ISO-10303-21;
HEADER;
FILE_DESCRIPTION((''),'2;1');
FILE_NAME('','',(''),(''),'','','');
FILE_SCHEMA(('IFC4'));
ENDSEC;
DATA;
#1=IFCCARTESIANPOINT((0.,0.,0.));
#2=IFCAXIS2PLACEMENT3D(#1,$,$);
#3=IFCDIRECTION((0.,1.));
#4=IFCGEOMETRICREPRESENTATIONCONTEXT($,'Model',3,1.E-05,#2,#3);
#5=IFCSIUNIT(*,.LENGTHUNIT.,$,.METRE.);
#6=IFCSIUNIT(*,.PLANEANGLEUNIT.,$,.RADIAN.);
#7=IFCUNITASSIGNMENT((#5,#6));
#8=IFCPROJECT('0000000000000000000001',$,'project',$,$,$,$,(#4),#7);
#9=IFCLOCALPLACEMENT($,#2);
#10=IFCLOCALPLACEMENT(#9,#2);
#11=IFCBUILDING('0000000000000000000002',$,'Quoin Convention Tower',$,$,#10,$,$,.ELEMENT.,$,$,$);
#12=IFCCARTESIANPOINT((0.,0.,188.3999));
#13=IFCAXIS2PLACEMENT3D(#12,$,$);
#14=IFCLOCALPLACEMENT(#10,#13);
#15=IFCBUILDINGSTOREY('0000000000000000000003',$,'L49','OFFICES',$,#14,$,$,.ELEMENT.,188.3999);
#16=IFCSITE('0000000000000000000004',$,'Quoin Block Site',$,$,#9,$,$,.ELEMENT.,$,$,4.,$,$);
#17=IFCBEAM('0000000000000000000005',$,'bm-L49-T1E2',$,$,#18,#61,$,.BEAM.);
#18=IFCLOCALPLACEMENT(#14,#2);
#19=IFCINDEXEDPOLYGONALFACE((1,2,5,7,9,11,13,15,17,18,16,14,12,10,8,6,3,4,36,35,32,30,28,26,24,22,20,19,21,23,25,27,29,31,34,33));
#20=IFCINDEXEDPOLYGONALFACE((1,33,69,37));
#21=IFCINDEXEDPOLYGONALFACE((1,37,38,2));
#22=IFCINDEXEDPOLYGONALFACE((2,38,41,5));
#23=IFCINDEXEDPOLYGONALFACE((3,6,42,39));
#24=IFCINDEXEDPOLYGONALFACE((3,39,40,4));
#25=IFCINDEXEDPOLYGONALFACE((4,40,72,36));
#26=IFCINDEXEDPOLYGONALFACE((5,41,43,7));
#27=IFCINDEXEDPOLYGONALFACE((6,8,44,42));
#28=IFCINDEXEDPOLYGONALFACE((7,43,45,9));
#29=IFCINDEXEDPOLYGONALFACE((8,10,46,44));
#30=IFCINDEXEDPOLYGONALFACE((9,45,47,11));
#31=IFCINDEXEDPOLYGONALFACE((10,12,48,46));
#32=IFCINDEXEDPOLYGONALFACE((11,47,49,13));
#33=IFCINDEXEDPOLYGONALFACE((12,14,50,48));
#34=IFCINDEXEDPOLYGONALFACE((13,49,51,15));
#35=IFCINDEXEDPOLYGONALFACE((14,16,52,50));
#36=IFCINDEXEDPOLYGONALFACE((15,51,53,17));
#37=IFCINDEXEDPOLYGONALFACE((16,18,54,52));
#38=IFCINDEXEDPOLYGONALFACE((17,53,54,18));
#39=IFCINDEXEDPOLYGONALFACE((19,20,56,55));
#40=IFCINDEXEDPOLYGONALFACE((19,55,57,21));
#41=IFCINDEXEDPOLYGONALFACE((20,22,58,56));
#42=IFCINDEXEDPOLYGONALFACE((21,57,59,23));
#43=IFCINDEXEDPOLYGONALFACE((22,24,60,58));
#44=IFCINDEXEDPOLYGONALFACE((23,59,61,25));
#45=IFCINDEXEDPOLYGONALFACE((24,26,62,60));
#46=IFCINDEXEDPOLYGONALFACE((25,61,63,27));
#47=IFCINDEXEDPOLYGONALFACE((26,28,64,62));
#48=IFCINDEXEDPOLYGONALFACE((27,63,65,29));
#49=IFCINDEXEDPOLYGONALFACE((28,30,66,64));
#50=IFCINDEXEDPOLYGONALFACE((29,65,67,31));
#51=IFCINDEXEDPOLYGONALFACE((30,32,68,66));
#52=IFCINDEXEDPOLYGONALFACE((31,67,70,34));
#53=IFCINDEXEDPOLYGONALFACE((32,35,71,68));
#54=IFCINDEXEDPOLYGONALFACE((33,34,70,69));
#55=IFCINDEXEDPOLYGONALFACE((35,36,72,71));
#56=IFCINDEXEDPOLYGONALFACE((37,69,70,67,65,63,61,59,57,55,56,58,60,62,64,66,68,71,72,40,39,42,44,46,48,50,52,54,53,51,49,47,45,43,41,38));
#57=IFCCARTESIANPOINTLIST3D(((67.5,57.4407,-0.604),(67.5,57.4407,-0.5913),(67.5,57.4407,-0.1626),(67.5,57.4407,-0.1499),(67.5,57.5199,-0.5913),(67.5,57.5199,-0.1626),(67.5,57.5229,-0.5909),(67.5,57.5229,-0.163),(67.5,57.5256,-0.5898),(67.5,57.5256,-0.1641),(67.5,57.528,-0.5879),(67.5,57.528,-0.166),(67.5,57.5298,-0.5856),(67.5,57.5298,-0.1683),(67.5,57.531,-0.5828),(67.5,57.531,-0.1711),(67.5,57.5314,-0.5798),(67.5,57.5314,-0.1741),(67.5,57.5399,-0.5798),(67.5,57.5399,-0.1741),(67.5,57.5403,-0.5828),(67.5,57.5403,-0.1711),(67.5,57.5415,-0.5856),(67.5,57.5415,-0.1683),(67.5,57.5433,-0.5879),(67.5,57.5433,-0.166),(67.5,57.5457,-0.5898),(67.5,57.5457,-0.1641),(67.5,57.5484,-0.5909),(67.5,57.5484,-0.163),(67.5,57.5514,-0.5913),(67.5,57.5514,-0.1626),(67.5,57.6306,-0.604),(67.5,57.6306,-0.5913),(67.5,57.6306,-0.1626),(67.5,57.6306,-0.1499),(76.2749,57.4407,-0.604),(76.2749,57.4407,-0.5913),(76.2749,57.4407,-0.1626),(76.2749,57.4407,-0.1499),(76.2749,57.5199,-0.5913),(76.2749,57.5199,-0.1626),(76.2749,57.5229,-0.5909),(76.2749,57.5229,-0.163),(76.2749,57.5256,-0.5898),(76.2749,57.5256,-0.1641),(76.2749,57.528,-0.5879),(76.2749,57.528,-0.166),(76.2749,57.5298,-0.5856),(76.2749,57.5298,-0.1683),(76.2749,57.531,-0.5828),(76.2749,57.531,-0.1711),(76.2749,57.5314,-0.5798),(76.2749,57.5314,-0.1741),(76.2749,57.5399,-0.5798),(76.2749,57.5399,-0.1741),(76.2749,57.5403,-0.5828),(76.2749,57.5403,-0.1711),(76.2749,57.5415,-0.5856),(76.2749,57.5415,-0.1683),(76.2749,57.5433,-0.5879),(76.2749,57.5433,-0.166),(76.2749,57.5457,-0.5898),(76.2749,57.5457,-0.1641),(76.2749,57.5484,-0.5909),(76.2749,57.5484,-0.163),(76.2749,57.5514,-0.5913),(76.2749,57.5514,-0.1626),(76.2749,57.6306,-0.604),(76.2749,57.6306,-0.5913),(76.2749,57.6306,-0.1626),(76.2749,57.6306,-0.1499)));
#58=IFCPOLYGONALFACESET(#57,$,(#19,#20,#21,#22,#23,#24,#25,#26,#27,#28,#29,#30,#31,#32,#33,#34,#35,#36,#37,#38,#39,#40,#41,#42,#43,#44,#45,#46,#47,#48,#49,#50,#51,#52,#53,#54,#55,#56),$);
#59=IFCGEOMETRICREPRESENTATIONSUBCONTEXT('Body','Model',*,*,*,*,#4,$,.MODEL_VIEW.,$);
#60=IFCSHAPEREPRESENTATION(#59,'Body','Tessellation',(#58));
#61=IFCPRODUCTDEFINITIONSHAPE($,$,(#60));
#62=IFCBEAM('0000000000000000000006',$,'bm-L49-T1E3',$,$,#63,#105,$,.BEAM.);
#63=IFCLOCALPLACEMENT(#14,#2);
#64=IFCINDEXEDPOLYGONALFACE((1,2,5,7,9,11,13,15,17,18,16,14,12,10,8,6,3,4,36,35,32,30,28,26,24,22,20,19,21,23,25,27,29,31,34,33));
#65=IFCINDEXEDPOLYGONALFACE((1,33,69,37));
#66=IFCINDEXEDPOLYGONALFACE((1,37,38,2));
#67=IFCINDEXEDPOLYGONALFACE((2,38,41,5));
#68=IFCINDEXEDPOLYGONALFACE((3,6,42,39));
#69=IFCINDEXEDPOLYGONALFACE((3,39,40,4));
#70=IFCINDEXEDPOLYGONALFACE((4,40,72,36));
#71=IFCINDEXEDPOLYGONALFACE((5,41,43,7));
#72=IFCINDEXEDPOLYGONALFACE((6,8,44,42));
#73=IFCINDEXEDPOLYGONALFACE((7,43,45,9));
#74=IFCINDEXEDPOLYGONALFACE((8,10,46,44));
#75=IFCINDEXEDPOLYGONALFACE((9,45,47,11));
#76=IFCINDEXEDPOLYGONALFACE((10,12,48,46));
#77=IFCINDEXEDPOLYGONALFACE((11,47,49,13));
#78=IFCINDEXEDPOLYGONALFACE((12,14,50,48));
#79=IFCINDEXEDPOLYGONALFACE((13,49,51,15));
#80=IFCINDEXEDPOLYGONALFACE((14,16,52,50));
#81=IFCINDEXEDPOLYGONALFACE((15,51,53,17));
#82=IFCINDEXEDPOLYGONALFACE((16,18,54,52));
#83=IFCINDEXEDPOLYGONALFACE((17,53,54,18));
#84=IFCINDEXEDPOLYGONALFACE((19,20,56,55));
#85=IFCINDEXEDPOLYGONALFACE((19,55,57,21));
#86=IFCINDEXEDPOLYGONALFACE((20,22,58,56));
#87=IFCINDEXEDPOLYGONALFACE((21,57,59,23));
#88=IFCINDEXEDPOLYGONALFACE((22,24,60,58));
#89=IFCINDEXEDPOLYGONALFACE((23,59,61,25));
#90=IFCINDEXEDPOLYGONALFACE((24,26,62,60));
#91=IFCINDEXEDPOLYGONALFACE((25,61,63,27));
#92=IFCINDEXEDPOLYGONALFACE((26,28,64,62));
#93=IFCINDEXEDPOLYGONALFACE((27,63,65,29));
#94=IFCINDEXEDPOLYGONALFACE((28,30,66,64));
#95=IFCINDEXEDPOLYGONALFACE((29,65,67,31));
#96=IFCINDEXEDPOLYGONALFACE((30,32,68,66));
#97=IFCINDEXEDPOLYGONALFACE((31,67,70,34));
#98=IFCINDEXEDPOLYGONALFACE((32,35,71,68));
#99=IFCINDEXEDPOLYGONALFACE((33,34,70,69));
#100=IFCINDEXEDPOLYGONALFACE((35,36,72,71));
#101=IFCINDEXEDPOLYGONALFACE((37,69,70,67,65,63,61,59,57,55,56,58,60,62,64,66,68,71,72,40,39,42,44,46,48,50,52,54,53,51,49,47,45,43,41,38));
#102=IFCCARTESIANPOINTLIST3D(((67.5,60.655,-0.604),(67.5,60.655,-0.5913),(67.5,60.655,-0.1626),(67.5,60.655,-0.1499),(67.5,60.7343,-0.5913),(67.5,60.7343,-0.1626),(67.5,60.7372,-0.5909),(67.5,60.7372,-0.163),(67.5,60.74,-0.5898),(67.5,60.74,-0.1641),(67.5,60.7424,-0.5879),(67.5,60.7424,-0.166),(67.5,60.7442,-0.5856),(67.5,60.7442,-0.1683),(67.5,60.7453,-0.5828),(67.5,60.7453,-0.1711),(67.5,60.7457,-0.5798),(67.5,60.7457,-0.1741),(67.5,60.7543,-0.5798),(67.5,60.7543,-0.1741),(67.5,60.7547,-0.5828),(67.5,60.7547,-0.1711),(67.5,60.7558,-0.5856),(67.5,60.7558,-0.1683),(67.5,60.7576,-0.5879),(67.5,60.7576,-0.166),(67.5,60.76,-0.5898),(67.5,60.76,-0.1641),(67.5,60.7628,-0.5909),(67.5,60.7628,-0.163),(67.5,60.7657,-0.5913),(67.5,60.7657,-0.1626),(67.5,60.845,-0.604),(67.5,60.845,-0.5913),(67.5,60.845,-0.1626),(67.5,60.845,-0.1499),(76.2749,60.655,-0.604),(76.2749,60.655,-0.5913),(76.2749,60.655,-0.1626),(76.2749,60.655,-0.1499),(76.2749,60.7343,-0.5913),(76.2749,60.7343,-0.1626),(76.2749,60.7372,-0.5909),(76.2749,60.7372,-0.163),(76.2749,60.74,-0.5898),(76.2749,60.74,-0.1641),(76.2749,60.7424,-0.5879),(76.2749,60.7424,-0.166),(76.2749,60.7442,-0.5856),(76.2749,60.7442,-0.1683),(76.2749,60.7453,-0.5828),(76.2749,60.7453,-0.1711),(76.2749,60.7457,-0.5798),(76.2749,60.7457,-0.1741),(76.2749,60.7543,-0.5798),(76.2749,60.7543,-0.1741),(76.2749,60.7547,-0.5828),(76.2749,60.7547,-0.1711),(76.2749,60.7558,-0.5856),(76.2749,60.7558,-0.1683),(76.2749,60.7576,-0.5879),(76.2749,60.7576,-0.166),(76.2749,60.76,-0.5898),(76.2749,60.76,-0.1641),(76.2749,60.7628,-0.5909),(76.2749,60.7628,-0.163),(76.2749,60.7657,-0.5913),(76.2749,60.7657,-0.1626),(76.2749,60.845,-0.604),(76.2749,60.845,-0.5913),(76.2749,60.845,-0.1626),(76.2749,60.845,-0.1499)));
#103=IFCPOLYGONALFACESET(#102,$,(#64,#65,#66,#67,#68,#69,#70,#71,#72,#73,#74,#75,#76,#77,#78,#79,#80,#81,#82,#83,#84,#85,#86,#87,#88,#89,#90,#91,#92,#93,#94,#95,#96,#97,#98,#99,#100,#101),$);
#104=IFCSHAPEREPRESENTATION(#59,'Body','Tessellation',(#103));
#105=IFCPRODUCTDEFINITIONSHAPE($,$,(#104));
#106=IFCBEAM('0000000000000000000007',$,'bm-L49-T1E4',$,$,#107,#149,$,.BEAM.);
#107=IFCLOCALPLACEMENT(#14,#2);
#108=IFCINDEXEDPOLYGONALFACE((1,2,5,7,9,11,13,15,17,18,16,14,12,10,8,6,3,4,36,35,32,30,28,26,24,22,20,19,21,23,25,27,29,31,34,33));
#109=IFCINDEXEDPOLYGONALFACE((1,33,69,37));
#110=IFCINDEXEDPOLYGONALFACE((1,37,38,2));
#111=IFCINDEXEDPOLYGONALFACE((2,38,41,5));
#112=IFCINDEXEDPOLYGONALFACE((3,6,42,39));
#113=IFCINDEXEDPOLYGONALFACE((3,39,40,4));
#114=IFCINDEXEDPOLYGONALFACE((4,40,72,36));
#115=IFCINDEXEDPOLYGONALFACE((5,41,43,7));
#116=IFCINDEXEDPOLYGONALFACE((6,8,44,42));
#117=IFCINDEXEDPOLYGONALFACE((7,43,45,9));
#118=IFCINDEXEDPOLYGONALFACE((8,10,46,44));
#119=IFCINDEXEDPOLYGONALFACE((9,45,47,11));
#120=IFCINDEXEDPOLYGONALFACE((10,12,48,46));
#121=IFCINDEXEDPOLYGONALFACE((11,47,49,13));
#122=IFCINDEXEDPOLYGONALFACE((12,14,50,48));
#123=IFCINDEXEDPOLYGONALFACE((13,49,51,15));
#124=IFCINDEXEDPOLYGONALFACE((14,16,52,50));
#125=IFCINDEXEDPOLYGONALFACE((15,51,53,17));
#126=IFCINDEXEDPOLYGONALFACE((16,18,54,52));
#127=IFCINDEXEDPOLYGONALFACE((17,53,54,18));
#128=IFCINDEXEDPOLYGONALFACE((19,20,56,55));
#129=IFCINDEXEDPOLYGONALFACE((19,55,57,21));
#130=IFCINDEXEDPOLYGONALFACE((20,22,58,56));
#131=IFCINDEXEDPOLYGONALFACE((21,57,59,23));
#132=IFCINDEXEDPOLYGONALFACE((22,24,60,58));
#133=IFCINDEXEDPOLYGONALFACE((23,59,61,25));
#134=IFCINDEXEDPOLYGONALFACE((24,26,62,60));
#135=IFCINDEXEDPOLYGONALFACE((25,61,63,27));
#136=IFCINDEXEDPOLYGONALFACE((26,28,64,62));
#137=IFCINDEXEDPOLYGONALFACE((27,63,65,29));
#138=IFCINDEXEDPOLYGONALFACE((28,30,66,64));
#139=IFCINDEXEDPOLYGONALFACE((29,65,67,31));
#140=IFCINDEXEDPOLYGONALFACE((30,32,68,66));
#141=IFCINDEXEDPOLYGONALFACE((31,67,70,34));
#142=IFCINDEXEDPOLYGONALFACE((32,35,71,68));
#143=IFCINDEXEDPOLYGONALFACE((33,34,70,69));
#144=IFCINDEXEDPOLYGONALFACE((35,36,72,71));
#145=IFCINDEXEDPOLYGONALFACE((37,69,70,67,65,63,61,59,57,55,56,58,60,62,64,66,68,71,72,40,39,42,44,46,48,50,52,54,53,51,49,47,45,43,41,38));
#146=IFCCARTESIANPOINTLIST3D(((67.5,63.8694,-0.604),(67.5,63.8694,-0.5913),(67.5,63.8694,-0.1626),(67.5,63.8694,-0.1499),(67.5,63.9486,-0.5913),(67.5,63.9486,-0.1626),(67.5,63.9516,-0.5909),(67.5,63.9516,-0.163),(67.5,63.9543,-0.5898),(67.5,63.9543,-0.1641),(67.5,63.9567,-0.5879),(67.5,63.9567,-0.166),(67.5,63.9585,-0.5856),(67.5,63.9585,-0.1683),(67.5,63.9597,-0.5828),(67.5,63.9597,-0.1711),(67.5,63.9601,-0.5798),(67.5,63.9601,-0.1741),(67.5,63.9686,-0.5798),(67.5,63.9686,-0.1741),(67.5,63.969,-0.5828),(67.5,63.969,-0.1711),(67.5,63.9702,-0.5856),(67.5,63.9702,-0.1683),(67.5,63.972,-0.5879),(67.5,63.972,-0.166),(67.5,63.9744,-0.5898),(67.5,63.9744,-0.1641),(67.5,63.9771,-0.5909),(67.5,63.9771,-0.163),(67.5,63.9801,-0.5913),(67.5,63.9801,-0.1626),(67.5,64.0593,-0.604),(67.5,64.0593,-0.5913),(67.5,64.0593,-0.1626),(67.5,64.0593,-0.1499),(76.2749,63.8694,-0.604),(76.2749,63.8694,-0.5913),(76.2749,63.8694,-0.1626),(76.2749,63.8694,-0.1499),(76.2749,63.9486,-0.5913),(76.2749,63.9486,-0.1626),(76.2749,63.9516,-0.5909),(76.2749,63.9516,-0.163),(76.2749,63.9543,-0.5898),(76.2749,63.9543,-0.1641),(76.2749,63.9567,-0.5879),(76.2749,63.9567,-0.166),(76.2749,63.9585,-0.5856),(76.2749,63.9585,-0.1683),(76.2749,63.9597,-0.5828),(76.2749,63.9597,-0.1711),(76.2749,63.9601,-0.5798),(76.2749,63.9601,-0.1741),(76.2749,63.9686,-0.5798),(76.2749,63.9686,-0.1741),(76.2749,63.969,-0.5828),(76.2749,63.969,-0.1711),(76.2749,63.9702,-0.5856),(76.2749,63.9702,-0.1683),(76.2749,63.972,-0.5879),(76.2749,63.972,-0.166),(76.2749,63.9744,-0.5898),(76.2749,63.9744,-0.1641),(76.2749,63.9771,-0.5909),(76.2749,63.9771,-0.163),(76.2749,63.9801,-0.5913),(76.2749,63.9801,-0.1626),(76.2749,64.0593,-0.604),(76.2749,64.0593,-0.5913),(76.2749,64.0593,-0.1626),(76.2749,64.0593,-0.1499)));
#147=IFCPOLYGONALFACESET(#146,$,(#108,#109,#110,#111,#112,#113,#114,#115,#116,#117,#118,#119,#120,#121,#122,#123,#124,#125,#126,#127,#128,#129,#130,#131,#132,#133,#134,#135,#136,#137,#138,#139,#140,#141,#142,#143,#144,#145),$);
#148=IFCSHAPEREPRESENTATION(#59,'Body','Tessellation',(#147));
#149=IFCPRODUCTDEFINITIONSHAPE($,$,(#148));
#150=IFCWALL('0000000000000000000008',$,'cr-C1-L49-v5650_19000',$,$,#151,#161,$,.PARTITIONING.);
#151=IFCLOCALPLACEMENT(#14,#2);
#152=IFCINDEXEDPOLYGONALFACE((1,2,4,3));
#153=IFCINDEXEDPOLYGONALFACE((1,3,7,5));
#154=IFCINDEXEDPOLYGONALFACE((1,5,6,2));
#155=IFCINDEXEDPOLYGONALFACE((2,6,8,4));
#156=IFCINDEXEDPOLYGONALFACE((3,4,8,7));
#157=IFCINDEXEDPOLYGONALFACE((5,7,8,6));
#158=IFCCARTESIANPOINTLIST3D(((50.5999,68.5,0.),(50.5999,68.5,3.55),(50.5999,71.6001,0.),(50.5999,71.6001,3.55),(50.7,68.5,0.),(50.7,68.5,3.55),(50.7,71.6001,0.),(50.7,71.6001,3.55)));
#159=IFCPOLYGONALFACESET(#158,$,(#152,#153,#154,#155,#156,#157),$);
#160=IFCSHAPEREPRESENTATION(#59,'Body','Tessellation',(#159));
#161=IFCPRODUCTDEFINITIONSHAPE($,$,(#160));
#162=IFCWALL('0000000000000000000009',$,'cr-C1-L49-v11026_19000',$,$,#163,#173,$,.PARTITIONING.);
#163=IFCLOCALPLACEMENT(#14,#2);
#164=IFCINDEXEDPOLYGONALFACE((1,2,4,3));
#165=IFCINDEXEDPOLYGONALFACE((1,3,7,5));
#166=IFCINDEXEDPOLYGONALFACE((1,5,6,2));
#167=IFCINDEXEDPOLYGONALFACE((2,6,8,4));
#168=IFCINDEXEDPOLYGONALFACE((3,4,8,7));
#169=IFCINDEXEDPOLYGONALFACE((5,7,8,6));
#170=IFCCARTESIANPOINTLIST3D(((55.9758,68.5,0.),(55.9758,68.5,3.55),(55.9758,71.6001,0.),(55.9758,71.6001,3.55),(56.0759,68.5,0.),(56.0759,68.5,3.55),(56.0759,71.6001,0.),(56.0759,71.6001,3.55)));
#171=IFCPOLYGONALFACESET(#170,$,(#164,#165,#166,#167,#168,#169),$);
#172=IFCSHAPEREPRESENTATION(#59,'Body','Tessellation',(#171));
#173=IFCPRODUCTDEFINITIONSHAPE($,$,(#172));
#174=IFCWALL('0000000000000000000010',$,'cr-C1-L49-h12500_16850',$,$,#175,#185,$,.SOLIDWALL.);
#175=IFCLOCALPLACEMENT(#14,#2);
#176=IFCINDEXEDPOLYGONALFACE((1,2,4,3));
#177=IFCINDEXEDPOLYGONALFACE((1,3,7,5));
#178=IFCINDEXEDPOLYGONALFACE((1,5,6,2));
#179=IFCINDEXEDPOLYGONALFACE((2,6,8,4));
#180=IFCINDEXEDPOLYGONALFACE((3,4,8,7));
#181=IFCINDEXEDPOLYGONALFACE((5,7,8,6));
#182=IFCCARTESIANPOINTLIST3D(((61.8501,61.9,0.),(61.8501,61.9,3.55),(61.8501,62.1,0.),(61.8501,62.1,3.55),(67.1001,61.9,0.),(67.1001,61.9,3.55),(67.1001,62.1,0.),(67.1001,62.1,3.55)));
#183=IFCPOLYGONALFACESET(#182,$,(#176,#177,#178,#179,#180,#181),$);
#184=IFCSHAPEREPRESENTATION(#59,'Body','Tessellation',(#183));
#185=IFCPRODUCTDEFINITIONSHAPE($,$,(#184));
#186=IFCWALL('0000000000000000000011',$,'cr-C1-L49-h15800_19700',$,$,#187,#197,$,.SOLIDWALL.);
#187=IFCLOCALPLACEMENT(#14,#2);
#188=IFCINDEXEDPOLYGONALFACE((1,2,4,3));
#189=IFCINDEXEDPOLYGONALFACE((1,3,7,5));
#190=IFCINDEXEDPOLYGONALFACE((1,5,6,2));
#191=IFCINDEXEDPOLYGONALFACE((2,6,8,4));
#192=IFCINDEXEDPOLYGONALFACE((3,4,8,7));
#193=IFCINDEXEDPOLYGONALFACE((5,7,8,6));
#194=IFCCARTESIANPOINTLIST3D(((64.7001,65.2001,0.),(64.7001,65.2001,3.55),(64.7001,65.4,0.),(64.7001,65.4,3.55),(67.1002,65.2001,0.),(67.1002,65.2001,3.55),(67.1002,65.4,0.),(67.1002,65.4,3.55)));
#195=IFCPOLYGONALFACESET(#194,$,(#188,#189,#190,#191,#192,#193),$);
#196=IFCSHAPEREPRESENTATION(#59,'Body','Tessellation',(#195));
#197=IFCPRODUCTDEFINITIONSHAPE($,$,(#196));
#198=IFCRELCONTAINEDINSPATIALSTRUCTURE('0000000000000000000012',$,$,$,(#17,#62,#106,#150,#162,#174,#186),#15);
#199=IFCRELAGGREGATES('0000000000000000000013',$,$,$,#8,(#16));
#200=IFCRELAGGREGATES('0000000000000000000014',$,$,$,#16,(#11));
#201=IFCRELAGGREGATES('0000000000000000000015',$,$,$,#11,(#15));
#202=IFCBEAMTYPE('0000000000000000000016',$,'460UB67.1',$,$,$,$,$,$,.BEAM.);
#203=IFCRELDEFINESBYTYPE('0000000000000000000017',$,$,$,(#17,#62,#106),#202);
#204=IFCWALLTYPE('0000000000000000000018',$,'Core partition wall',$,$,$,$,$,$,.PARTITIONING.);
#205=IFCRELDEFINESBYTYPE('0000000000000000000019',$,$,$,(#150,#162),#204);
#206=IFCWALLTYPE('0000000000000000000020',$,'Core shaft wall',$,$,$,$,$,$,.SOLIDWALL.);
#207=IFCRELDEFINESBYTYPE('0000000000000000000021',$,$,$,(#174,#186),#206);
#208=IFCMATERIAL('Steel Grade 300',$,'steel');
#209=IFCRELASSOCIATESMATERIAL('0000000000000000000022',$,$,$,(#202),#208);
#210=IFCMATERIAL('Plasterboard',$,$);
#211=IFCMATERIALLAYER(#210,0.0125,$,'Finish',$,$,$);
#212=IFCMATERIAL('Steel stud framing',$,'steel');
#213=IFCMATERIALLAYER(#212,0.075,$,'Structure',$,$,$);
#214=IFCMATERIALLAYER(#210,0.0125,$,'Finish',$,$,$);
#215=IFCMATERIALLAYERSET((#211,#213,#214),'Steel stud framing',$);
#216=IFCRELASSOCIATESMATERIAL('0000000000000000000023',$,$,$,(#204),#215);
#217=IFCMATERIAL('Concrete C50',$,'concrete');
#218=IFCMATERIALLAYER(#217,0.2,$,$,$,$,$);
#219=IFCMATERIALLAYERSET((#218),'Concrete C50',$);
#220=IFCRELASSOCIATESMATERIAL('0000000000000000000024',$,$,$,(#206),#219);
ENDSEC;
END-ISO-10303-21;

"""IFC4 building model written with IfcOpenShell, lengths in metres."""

from ifc_helpers import new_model, si_unit, direction, frame, frame_2d, origin, origin_2d, place, context, subcontext, project, spatial, rectangle, i_section, extrude, material, layer, layer_set, material_profile, profile_set, type_object, element, save


model = new_model("IFC4")

# Units and contexts
model_context = context("Model", 3, precision=1e-05, world=origin(), true_north=direction((0.0, 1.0)))
body_context = subcontext(model_context, "Body", "Model", "MODEL_VIEW")
ifc_project = project(units=[si_unit("LENGTHUNIT", "METRE"), si_unit("PLANEANGLEUNIT", "RADIAN")], contexts=[model_context])

# Site, building, storey
site_placement = place(None, origin())
site = spatial("IfcSite", under=ifc_project, at=site_placement, Name="Quoin Block Site", CompositionType="ELEMENT", RefElevation=4.0)
building_placement = place(site_placement, origin())
building = spatial("IfcBuilding", under=site, at=building_placement, Name="Quoin Convention Tower", CompositionType="ELEMENT")
storey_placement = place(building_placement, frame((0.0, 0.0, 188.3999)))
storey = spatial("IfcBuildingStorey", under=building, at=storey_placement, Name="L49", Description="OFFICES", CompositionType="ELEMENT", Elevation=188.3999)

# Beams
ifc_material_1 = material(Name="Steel Grade 300", Category="steel")
ifc_material_profile = material_profile(ifc_material_1, i_section(OverallWidth=0.1899, OverallDepth=0.4541, WebThickness=0.0085, FlangeThickness=0.0127, FilletRadius=0.0115, at=origin_2d()), Name="460UB67.1")
ifc_profile_set = profile_set([ifc_material_profile], Name="Steel Grade 300")
beam_type = type_object("IfcBeamType", Name="460UB67.1", PredefinedType="BEAM", material=ifc_profile_set)
for number, where, z_axis, x_axis, name in (
    (1, (67.5, 57.5356, -0.377), (1.0, 0.0, 0.0), (0.0, 1.0, 0.0), "bm-L49-T1E2"),
    (2, (67.5, 60.75, -0.377), (1.0, 0.0, 0.0), (0.0, 1.0, 0.0), "bm-L49-T1E3"),
    (3, (67.5, 63.9644, -0.377), (1.0, 0.0, 0.0), (0.0, 1.0, 0.0), "bm-L49-T1E4"),
):
    element("IfcBeam", number, at=place(storey_placement, frame(where, z_axis=z_axis, x_axis=x_axis)), inside=storey, type_object=beam_type, Name=name, PredefinedType="BEAM", context=body_context, shape_type="SweptSolid", body=[
        extrude(i_section(OverallWidth=0.1899, OverallDepth=0.4541, WebThickness=0.0085, FlangeThickness=0.0127, FilletRadius=0.0115, at=origin_2d()), origin(), (0.0, 0.0, 1.0), 8.7749),
    ])

# Walls
ifc_material_2 = material(Name="Plasterboard")
ifc_layer_1 = layer(ifc_material_2, 0.0125, Name="Finish")
ifc_material_3 = material(Name="Steel stud framing", Category="steel")
ifc_layer_2 = layer(ifc_material_3, 0.075, Name="Structure")
ifc_layer_3 = layer(ifc_material_2, 0.0125, Name="Finish")
ifc_layer_set_1 = layer_set([ifc_layer_1, ifc_layer_2, ifc_layer_3], Name="Steel stud framing")
wall_type_1 = type_object("IfcWallType", Name="Core partition wall", PredefinedType="PARTITIONING", material=ifc_layer_set_1)
for number, where, z_axis, x_axis, name in (
    (4, (50.6499, 68.5, 0.0), (0.0, 0.0, 1.0), (0.0, 1.0, 0.0), "cr-C1-L49-v5650_19000"),
    (5, (56.0259, 68.5, 0.0), (0.0, 0.0, 1.0), (0.0, 1.0, 0.0), "cr-C1-L49-v11026_19000"),
):
    element("IfcWall", number, at=place(storey_placement, frame(where, z_axis=z_axis, x_axis=x_axis)), inside=storey, type_object=wall_type_1, Name=name, PredefinedType="PARTITIONING", context=body_context, shape_type="SweptSolid", body=[
        extrude(rectangle(XDim=3.1001, YDim=0.1001, at=frame_2d((1.55, 0.0))), origin(), (0.0, 0.0, 1.0), 3.55),
    ])
ifc_material_4 = material(Name="Concrete C50", Category="concrete")
ifc_layer_4 = layer(ifc_material_4, 0.2)
ifc_layer_set_2 = layer_set([ifc_layer_4], Name="Concrete C50")
wall_type_2 = type_object("IfcWallType", Name="Core shaft wall", PredefinedType="SOLIDWALL", material=ifc_layer_set_2)
wall_1_placement = place(storey_placement, frame((61.8501, 62.0, 0.0), z_axis=(0.0, 0.0, 1.0), x_axis=(1.0, 0.0, 0.0)))
element("IfcWall", 6, at=wall_1_placement, inside=storey, type_object=wall_type_2, Name="cr-C1-L49-h12500_16850", PredefinedType="SOLIDWALL", context=body_context, shape_type="SweptSolid", body=[
    extrude(rectangle(XDim=5.25, YDim=0.2, at=frame_2d((2.625, 0.0))), origin(), (0.0, 0.0, 1.0), 3.55),
])
wall_2_placement = place(storey_placement, frame((64.7, 65.3, 0.0), z_axis=(0.0, 0.0, 1.0), x_axis=(1.0, 0.0, 0.0)))
element("IfcWall", 7, at=wall_2_placement, inside=storey, type_object=wall_type_2, Name="cr-C1-L49-h15800_19700", PredefinedType="SOLIDWALL", context=body_context, shape_type="SweptSolid", body=[
    extrude(rectangle(XDim=2.4001, YDim=0.2, at=frame_2d((1.2002, 0.0))), origin(), (0.0, 0.0, 1.0), 3.55),
])

save(model, "model.ifc")
